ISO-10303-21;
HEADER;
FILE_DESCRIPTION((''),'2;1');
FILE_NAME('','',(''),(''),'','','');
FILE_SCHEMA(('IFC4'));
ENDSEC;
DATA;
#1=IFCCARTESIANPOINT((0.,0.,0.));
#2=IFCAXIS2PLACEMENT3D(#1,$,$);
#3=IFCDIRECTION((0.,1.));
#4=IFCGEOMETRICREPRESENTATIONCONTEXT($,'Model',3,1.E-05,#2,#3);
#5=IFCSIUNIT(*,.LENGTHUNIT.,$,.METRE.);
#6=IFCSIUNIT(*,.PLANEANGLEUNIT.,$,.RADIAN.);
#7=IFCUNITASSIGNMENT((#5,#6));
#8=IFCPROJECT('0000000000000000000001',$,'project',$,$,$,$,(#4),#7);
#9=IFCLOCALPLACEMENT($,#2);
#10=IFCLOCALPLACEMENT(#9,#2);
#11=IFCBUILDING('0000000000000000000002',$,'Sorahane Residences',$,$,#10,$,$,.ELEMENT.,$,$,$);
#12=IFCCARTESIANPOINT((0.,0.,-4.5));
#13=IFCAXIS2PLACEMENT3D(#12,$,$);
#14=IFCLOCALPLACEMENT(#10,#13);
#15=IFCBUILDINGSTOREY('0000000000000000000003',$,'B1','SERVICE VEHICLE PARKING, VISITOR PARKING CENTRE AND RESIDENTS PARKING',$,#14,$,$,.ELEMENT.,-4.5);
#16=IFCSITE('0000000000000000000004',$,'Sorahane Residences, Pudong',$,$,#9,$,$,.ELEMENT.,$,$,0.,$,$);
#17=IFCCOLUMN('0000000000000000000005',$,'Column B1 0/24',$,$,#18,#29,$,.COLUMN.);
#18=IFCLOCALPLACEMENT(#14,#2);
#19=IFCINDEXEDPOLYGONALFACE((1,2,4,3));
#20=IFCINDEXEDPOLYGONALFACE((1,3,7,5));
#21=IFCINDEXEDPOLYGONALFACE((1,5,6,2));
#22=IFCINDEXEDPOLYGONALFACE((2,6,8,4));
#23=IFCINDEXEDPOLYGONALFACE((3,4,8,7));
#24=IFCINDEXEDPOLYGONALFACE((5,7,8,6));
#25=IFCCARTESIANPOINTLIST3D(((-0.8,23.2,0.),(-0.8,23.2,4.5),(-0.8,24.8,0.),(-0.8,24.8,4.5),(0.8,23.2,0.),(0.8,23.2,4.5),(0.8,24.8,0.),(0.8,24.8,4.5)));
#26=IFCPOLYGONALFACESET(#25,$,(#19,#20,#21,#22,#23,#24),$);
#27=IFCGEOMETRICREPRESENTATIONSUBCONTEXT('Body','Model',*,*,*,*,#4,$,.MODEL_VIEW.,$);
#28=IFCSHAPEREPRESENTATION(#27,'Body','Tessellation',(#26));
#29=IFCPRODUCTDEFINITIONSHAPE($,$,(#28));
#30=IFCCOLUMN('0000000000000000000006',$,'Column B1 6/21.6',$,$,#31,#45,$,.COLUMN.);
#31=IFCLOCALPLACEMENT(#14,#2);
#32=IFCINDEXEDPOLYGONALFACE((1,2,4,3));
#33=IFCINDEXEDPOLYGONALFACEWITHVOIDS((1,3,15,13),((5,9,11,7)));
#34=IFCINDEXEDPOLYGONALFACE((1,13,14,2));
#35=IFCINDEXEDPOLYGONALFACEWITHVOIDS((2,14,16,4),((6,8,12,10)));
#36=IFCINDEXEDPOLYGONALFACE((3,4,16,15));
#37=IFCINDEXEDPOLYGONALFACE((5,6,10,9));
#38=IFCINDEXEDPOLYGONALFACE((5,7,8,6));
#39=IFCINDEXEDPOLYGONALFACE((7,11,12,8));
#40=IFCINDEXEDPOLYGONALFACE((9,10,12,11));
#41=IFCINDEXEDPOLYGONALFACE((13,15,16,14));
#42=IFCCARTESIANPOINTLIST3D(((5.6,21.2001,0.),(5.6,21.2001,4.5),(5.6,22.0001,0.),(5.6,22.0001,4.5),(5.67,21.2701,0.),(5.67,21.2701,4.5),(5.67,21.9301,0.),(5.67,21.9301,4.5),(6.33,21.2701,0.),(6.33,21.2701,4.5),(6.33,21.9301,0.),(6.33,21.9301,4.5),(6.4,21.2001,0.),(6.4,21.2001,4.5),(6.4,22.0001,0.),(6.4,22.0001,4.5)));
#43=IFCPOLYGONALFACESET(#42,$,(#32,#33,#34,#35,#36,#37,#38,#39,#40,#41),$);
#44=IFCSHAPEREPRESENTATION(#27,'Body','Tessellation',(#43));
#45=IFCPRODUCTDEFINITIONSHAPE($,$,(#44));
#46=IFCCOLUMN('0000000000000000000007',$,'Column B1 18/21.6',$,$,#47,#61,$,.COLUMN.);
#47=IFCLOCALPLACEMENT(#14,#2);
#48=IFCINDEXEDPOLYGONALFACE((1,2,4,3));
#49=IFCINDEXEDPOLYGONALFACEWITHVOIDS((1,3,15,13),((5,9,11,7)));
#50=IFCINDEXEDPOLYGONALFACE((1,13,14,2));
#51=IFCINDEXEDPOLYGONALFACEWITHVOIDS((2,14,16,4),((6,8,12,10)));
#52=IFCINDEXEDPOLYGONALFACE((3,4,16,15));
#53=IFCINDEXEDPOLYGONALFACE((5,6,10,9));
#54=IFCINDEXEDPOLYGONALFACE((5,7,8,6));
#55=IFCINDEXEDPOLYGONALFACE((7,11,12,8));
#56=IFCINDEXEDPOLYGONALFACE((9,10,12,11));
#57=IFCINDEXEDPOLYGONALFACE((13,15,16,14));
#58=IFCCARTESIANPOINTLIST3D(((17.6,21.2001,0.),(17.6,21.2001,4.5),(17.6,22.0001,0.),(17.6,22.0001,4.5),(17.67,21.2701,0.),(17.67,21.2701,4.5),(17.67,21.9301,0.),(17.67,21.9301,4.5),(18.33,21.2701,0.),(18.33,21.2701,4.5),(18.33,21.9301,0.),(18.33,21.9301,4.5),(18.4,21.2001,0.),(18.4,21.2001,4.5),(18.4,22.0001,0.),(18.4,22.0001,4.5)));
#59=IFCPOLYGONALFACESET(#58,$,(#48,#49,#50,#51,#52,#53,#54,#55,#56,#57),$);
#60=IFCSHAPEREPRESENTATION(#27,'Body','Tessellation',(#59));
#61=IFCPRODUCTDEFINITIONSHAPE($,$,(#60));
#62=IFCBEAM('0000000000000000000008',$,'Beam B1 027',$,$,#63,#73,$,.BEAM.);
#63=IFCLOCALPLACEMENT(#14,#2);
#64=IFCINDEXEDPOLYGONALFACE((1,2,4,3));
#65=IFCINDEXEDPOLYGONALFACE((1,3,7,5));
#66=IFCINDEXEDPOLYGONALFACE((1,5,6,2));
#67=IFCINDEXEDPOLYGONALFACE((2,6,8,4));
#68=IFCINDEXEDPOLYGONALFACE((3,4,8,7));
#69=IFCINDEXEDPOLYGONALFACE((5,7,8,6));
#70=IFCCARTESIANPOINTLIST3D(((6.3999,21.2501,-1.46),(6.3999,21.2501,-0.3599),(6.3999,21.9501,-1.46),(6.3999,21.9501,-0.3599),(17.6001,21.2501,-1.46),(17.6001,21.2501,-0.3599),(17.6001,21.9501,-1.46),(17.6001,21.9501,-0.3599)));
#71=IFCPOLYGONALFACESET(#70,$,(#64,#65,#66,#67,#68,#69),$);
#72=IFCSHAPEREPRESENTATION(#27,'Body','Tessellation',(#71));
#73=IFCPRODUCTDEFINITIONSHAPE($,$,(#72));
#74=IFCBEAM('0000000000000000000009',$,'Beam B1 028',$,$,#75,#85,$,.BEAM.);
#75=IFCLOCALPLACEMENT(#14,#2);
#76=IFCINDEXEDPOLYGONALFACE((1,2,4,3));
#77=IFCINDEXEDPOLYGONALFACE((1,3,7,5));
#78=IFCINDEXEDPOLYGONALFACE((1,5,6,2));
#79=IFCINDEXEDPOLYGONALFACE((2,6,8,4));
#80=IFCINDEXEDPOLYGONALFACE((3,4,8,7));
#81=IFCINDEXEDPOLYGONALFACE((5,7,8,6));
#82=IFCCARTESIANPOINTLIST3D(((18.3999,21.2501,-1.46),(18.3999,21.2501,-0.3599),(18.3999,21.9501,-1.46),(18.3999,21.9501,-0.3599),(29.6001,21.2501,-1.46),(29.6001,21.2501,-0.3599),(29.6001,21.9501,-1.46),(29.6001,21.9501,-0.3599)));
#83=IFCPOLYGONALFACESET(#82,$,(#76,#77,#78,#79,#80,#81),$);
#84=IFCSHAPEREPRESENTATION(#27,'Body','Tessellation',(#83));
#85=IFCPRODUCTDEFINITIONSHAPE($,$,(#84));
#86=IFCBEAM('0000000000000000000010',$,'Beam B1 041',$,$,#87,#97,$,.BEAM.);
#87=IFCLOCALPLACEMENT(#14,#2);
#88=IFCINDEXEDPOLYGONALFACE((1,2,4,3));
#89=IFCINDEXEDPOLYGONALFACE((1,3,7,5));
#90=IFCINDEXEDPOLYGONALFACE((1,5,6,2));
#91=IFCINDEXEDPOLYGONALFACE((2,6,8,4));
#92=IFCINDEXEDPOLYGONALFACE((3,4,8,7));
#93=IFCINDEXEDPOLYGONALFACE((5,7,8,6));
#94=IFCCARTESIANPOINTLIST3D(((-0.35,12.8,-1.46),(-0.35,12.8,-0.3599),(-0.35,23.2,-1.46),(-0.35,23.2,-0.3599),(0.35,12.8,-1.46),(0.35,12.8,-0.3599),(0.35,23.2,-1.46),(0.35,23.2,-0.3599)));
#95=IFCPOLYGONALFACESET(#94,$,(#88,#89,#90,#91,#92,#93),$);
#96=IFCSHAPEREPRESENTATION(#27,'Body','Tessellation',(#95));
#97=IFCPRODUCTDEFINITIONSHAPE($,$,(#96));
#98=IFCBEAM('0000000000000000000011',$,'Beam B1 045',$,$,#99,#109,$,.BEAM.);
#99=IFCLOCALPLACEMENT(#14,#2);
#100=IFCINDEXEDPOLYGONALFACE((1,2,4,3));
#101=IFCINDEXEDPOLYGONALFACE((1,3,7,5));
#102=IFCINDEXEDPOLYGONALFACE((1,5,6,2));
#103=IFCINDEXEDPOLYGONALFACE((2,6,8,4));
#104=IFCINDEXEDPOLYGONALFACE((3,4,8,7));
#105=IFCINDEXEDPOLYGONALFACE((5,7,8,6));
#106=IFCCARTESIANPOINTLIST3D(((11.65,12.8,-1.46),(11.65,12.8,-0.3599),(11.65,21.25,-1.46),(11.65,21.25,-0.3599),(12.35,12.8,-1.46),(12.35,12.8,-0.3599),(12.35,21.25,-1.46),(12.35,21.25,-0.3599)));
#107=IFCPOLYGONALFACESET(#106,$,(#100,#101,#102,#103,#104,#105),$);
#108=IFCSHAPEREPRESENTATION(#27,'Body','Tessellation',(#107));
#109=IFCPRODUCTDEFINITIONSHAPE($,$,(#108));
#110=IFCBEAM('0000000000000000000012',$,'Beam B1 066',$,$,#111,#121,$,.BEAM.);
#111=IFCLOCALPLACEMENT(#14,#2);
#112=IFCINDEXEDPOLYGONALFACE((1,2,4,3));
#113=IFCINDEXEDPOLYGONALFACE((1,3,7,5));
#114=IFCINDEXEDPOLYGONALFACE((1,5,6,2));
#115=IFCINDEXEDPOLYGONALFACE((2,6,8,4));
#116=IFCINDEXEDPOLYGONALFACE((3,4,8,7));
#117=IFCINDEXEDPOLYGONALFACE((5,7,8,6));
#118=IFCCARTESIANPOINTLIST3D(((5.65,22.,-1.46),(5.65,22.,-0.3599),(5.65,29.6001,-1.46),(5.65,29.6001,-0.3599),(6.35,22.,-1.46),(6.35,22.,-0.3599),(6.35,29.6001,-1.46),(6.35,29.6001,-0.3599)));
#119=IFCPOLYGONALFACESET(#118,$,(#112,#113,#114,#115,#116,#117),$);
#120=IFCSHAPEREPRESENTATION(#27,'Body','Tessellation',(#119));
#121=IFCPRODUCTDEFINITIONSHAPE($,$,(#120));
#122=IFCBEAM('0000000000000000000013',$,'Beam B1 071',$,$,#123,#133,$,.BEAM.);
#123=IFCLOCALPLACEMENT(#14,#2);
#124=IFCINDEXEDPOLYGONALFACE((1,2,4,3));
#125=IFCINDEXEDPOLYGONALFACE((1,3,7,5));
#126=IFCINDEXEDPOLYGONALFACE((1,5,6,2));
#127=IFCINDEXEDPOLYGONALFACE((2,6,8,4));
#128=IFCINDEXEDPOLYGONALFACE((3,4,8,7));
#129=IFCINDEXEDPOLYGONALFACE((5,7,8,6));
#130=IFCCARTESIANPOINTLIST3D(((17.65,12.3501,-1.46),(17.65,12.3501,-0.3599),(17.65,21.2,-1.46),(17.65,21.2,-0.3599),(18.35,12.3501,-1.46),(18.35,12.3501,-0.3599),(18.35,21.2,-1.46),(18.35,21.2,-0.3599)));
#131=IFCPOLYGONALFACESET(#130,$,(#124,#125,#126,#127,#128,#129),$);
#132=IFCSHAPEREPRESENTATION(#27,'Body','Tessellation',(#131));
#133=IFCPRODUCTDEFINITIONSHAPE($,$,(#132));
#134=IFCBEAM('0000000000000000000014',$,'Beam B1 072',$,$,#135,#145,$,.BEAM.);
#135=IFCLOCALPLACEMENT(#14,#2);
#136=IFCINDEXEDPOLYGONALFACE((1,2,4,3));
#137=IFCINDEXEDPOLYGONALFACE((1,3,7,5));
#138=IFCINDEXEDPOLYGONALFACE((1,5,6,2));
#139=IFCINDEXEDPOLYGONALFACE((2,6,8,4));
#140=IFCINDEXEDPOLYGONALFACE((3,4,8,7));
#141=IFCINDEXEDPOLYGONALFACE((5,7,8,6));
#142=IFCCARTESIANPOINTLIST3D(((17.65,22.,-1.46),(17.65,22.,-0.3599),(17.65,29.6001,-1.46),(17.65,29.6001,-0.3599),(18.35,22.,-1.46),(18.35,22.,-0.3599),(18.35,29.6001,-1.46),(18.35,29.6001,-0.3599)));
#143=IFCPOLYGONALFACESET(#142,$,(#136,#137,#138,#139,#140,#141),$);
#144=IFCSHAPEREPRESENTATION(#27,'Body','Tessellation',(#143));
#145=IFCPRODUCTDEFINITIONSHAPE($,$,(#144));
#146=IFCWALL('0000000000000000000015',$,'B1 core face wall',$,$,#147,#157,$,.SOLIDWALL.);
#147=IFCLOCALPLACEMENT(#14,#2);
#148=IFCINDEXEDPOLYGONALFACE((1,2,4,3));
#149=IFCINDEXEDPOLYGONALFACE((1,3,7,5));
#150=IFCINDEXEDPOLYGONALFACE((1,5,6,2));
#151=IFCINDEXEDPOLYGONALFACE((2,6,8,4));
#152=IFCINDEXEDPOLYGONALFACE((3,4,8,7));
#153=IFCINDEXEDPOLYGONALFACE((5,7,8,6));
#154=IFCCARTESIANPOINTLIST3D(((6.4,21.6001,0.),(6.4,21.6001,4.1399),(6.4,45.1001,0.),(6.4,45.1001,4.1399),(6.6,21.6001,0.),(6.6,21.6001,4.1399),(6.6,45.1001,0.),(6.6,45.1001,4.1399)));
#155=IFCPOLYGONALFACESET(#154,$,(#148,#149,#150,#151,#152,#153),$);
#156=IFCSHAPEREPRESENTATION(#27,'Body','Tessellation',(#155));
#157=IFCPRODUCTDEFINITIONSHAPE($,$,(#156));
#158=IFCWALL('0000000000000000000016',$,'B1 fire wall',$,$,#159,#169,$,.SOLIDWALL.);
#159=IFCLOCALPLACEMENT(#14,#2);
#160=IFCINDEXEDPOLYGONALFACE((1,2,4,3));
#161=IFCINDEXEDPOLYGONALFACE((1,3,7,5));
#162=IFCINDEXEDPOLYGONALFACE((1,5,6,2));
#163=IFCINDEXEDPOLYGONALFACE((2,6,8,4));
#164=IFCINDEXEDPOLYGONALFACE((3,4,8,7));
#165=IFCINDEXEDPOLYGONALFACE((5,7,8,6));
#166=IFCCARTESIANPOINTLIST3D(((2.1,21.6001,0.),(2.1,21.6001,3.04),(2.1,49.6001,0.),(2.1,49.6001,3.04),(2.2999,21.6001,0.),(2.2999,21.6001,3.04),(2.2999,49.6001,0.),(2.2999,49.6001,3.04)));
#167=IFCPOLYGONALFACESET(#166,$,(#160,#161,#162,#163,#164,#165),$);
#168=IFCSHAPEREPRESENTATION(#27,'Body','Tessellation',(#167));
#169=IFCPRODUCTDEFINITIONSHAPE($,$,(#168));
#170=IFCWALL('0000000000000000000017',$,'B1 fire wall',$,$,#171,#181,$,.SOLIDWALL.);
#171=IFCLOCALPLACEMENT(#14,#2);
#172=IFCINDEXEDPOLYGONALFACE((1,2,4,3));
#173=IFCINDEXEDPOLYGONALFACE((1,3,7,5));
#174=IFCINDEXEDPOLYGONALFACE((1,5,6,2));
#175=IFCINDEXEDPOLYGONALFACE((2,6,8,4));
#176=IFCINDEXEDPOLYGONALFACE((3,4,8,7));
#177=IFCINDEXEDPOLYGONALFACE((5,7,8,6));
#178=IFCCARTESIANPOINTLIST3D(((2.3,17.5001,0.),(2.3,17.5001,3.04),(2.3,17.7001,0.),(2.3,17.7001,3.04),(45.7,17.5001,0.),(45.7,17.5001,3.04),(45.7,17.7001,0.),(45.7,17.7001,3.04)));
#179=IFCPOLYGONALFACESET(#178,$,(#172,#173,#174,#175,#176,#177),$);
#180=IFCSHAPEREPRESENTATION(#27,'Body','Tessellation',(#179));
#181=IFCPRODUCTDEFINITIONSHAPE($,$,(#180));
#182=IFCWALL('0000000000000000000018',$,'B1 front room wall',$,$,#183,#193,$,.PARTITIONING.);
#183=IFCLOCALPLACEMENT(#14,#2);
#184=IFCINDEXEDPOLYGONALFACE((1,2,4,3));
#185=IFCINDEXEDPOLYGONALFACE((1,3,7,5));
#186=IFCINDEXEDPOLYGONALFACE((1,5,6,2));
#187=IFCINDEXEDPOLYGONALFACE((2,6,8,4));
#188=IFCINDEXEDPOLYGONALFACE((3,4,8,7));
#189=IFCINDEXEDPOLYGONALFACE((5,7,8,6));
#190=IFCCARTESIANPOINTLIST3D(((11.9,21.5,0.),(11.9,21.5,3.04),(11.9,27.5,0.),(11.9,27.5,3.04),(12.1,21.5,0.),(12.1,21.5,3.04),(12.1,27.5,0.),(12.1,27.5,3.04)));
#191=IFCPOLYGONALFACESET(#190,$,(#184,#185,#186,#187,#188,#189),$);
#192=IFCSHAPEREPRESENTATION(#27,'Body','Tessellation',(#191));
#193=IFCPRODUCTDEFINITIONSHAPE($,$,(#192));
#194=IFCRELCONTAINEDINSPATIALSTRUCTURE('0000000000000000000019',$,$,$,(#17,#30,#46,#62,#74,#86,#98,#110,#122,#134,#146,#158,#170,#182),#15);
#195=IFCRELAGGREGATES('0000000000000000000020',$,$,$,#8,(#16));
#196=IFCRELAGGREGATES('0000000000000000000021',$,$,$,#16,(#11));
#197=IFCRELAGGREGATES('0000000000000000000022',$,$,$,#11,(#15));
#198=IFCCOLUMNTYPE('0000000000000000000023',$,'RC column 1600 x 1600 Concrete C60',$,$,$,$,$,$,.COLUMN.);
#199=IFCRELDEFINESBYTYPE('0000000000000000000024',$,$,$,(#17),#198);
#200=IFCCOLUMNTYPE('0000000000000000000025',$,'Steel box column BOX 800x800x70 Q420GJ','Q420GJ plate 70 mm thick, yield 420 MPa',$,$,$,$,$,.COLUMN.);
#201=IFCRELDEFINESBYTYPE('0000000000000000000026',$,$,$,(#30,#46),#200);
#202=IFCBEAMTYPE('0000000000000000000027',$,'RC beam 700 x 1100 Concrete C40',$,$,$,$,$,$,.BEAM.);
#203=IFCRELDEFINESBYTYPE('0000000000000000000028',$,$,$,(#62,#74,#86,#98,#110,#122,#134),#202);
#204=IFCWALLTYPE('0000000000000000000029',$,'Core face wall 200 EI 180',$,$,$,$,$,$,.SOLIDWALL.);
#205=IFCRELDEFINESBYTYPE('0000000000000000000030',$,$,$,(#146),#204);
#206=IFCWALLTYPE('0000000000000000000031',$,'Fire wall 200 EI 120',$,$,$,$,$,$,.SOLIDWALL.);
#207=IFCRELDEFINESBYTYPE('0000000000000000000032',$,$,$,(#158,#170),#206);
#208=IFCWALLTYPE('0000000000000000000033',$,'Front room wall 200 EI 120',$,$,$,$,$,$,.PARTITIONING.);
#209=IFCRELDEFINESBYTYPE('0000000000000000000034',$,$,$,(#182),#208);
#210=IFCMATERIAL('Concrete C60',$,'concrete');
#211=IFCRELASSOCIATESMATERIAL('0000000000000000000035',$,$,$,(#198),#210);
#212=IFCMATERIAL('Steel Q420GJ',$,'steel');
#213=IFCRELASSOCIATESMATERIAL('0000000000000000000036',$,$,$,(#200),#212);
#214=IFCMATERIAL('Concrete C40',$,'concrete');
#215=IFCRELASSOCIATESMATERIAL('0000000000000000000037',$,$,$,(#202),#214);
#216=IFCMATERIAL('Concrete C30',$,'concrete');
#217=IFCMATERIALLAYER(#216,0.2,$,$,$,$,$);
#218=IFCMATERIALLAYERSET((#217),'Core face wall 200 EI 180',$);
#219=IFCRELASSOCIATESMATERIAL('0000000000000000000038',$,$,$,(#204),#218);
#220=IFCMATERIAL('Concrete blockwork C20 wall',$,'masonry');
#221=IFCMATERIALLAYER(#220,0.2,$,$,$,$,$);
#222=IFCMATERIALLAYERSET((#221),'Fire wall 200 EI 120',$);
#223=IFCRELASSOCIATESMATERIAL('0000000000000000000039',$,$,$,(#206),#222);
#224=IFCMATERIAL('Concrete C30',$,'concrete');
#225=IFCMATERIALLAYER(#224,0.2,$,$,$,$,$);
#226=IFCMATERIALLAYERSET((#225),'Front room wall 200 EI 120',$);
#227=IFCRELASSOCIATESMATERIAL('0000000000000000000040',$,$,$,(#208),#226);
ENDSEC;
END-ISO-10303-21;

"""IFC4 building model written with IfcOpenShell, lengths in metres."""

from ifc_helpers import new_model, si_unit, direction, frame, frame_2d, origin, origin_2d, place, context, subcontext, project, spatial, rectangle, hollow_rectangle, extrude, material, layer, layer_set, material_profile, profile_set, type_object, element, save


model = new_model("IFC4")

# Units and contexts
model_context = context("Model", 3, precision=1e-05, world=origin(), true_north=direction((0.0, 1.0)))
body_context = subcontext(model_context, "Body", "Model", "MODEL_VIEW")
ifc_project = project(units=[si_unit("LENGTHUNIT", "METRE"), si_unit("PLANEANGLEUNIT", "RADIAN")], contexts=[model_context])

# Site, building, storey
site_placement = place(None, origin())
site = spatial("IfcSite", under=ifc_project, at=site_placement, Name="Sorahane Residences, Pudong", CompositionType="ELEMENT", RefElevation=0.0)
building_placement = place(site_placement, origin())
building = spatial("IfcBuilding", under=site, at=building_placement, Name="Sorahane Residences", CompositionType="ELEMENT")
storey_placement = place(building_placement, frame((0.0, 0.0, -4.5)))
storey = spatial("IfcBuildingStorey", under=building, at=storey_placement, Name="B1", Description="SERVICE VEHICLE PARKING, VISITOR PARKING CENTRE AND RESIDENTS PARKING", CompositionType="ELEMENT", Elevation=-4.5)

# Columns
ifc_material_1 = material(Name="Concrete C60", Category="concrete")
ifc_material_profile_1 = material_profile(ifc_material_1, rectangle(XDim=1.6001, YDim=1.6001, at=origin_2d()), Name="1600x1600")
ifc_profile_set_1 = profile_set([ifc_material_profile_1], Name="Concrete C60")
column_type_1 = type_object("IfcColumnType", Name="RC column 1600 x 1600 Concrete C60", PredefinedType="COLUMN", material=ifc_profile_set_1)
column_placement = place(storey_placement, frame((0.0, 24.0, 0.0), z_axis=(0.0, 0.0, 1.0), x_axis=(1.0, 0.0, 0.0)))
element("IfcColumn", 1, at=column_placement, inside=storey, type_object=column_type_1, Name="Column B1 0/24", PredefinedType="COLUMN", context=body_context, shape_type="SweptSolid", body=[
    extrude(rectangle(XDim=1.6001, YDim=1.6001, at=origin_2d()), origin(), (0.0, 0.0, 1.0), 4.5),
])
ifc_material_2 = material(Name="Steel Q420GJ", Category="steel")
ifc_material_profile_2 = material_profile(ifc_material_2, hollow_rectangle(XDim=0.8, YDim=0.8, WallThickness=0.0701, at=origin_2d()), Name="BOX 800x800x70")
ifc_profile_set_2 = profile_set([ifc_material_profile_2], Name="Steel Q420GJ")
column_type_2 = type_object("IfcColumnType", Name="Steel box column BOX 800x800x70 Q420GJ", Description="Q420GJ plate 70 mm thick, yield 420 MPa", PredefinedType="COLUMN", material=ifc_profile_set_2)
for number, where, z_axis, x_axis, name in (
    (2, (6.0, 21.6001, 0.0), (0.0, 0.0, 1.0), (1.0, 0.0, 0.0), "Column B1 6/21.6"),
    (3, (18.0, 21.6001, 0.0), (0.0, 0.0, 1.0), (1.0, 0.0, 0.0), "Column B1 18/21.6"),
):
    element("IfcColumn", number, at=place(storey_placement, frame(where, z_axis=z_axis, x_axis=x_axis)), inside=storey, type_object=column_type_2, Name=name, PredefinedType="COLUMN", context=body_context, shape_type="SweptSolid", body=[
        extrude(hollow_rectangle(XDim=0.8, YDim=0.8, WallThickness=0.0701, at=origin_2d()), origin(), (0.0, 0.0, 1.0), 4.5),
    ])

# Beams
ifc_material_3 = material(Name="Concrete C40", Category="concrete")
ifc_material_profile_3 = material_profile(ifc_material_3, rectangle(XDim=0.7, YDim=1.1001, at=origin_2d()), Name="700x1100")
ifc_profile_set_3 = profile_set([ifc_material_profile_3], Name="Concrete C40")
beam_type = type_object("IfcBeamType", Name="RC beam 700 x 1100 Concrete C40", PredefinedType="BEAM", material=ifc_profile_set_3)
for number, where, z_axis, x_axis, name in (
    (4, (6.3999, 21.6001, -0.9099), (1.0, 0.0, 0.0), (0.0, 1.0, 0.0), "Beam B1 027"),
    (5, (18.3999, 21.6001, -0.9099), (1.0, 0.0, 0.0), (0.0, 1.0, 0.0), "Beam B1 028"),
):
    element("IfcBeam", number, at=place(storey_placement, frame(where, z_axis=z_axis, x_axis=x_axis)), inside=storey, type_object=beam_type, Name=name, PredefinedType="BEAM", context=body_context, shape_type="SweptSolid", body=[
        extrude(rectangle(XDim=0.7, YDim=1.1001, at=origin_2d()), origin(), (0.0, 0.0, 1.0), 11.2002),
    ])
beam_1_placement = place(storey_placement, frame((0.0, 12.8, -0.9099), z_axis=(0.0, 1.0, 0.0), x_axis=(-1.0, 0.0, 0.0)))
element("IfcBeam", 6, at=beam_1_placement, inside=storey, type_object=beam_type, Name="Beam B1 041", PredefinedType="BEAM", context=body_context, shape_type="SweptSolid", body=[
    extrude(rectangle(XDim=0.7, YDim=1.1001, at=origin_2d()), origin(), (0.0, 0.0, 1.0), 10.3999),
])
beam_2_placement = place(storey_placement, frame((12.0, 12.8, -0.9099), z_axis=(0.0, 1.0, 0.0), x_axis=(-1.0, 0.0, 0.0)))
element("IfcBeam", 7, at=beam_2_placement, inside=storey, type_object=beam_type, Name="Beam B1 045", PredefinedType="BEAM", context=body_context, shape_type="SweptSolid", body=[
    extrude(rectangle(XDim=0.7, YDim=1.1001, at=origin_2d()), origin(), (0.0, 0.0, 1.0), 8.45),
])
beam_3_placement = place(storey_placement, frame((6.0, 22.0, -0.9099), z_axis=(0.0, 1.0, 0.0), x_axis=(-1.0, 0.0, 0.0)))
element("IfcBeam", 8, at=beam_3_placement, inside=storey, type_object=beam_type, Name="Beam B1 066", PredefinedType="BEAM", context=body_context, shape_type="SweptSolid", body=[
    extrude(rectangle(XDim=0.7, YDim=1.1001, at=origin_2d()), origin(), (0.0, 0.0, 1.0), 7.6001),
])
beam_4_placement = place(storey_placement, frame((18.0, 12.3501, -0.9099), z_axis=(0.0, 1.0, 0.0), x_axis=(-1.0, 0.0, 0.0)))
element("IfcBeam", 9, at=beam_4_placement, inside=storey, type_object=beam_type, Name="Beam B1 071", PredefinedType="BEAM", context=body_context, shape_type="SweptSolid", body=[
    extrude(rectangle(XDim=0.7, YDim=1.1001, at=origin_2d()), origin(), (0.0, 0.0, 1.0), 8.8499),
])
beam_5_placement = place(storey_placement, frame((18.0, 22.0, -0.9099), z_axis=(0.0, 1.0, 0.0), x_axis=(-1.0, 0.0, 0.0)))
element("IfcBeam", 10, at=beam_5_placement, inside=storey, type_object=beam_type, Name="Beam B1 072", PredefinedType="BEAM", context=body_context, shape_type="SweptSolid", body=[
    extrude(rectangle(XDim=0.7, YDim=1.1001, at=origin_2d()), origin(), (0.0, 0.0, 1.0), 7.6001),
])

# Walls
ifc_material_4 = material(Name="Concrete C30", Category="concrete")
ifc_layer_1 = layer(ifc_material_4, 0.2)
ifc_layer_set_1 = layer_set([ifc_layer_1], Name="Core face wall 200 EI 180")
wall_type_1 = type_object("IfcWallType", Name="Core face wall 200 EI 180", PredefinedType="SOLIDWALL", material=ifc_layer_set_1)
wall_1_placement = place(storey_placement, frame((6.5, 21.6001, 0.0), z_axis=(0.0, 0.0, 1.0), x_axis=(0.0, 1.0, 0.0)))
element("IfcWall", 11, at=wall_1_placement, inside=storey, type_object=wall_type_1, Name="B1 core face wall", PredefinedType="SOLIDWALL", context=body_context, shape_type="SweptSolid", body=[
    extrude(rectangle(XDim=23.5, YDim=0.2, at=frame_2d((11.75, 0.0))), origin(), (0.0, 0.0, 1.0), 4.1399),
])
ifc_material_5 = material(Name="Concrete blockwork C20 wall", Category="masonry")
ifc_layer_2 = layer(ifc_material_5, 0.2)
ifc_layer_set_2 = layer_set([ifc_layer_2], Name="Fire wall 200 EI 120")
wall_type_2 = type_object("IfcWallType", Name="Fire wall 200 EI 120", PredefinedType="SOLIDWALL", material=ifc_layer_set_2)
wall_2_placement = place(storey_placement, frame((2.2, 21.6001, 0.0), z_axis=(0.0, 0.0, 1.0), x_axis=(0.0, 1.0, 0.0)))
element("IfcWall", 12, at=wall_2_placement, inside=storey, type_object=wall_type_2, Name="B1 fire wall", PredefinedType="SOLIDWALL", context=body_context, shape_type="SweptSolid", body=[
    extrude(rectangle(XDim=28.0, YDim=0.2, at=frame_2d((14.0, 0.0))), origin(), (0.0, 0.0, 1.0), 3.04),
])
wall_3_placement = place(storey_placement, frame((2.3, 17.6001, 0.0), z_axis=(0.0, 0.0, 1.0), x_axis=(1.0, 0.0, 0.0)))
element("IfcWall", 13, at=wall_3_placement, inside=storey, type_object=wall_type_2, Name="B1 fire wall", PredefinedType="SOLIDWALL", context=body_context, shape_type="SweptSolid", body=[
    extrude(rectangle(XDim=43.3999, YDim=0.2, at=frame_2d((21.7, 0.0))), origin(), (0.0, 0.0, 1.0), 3.04),
])
ifc_material_6 = material(Name="Concrete C30", Category="concrete")
ifc_layer_3 = layer(ifc_material_6, 0.2)
ifc_layer_set_3 = layer_set([ifc_layer_3], Name="Front room wall 200 EI 120")
wall_type_3 = type_object("IfcWallType", Name="Front room wall 200 EI 120", PredefinedType="PARTITIONING", material=ifc_layer_set_3)
wall_4_placement = place(storey_placement, frame((12.0, 21.5, 0.0), z_axis=(0.0, 0.0, 1.0), x_axis=(0.0, 1.0, 0.0)))
element("IfcWall", 14, at=wall_4_placement, inside=storey, type_object=wall_type_3, Name="B1 front room wall", PredefinedType="PARTITIONING", context=body_context, shape_type="SweptSolid", body=[
    extrude(rectangle(XDim=6.0, YDim=0.2, at=frame_2d((3.0, 0.0))), origin(), (0.0, 0.0, 1.0), 3.04),
])

save(model, "model.ifc")
